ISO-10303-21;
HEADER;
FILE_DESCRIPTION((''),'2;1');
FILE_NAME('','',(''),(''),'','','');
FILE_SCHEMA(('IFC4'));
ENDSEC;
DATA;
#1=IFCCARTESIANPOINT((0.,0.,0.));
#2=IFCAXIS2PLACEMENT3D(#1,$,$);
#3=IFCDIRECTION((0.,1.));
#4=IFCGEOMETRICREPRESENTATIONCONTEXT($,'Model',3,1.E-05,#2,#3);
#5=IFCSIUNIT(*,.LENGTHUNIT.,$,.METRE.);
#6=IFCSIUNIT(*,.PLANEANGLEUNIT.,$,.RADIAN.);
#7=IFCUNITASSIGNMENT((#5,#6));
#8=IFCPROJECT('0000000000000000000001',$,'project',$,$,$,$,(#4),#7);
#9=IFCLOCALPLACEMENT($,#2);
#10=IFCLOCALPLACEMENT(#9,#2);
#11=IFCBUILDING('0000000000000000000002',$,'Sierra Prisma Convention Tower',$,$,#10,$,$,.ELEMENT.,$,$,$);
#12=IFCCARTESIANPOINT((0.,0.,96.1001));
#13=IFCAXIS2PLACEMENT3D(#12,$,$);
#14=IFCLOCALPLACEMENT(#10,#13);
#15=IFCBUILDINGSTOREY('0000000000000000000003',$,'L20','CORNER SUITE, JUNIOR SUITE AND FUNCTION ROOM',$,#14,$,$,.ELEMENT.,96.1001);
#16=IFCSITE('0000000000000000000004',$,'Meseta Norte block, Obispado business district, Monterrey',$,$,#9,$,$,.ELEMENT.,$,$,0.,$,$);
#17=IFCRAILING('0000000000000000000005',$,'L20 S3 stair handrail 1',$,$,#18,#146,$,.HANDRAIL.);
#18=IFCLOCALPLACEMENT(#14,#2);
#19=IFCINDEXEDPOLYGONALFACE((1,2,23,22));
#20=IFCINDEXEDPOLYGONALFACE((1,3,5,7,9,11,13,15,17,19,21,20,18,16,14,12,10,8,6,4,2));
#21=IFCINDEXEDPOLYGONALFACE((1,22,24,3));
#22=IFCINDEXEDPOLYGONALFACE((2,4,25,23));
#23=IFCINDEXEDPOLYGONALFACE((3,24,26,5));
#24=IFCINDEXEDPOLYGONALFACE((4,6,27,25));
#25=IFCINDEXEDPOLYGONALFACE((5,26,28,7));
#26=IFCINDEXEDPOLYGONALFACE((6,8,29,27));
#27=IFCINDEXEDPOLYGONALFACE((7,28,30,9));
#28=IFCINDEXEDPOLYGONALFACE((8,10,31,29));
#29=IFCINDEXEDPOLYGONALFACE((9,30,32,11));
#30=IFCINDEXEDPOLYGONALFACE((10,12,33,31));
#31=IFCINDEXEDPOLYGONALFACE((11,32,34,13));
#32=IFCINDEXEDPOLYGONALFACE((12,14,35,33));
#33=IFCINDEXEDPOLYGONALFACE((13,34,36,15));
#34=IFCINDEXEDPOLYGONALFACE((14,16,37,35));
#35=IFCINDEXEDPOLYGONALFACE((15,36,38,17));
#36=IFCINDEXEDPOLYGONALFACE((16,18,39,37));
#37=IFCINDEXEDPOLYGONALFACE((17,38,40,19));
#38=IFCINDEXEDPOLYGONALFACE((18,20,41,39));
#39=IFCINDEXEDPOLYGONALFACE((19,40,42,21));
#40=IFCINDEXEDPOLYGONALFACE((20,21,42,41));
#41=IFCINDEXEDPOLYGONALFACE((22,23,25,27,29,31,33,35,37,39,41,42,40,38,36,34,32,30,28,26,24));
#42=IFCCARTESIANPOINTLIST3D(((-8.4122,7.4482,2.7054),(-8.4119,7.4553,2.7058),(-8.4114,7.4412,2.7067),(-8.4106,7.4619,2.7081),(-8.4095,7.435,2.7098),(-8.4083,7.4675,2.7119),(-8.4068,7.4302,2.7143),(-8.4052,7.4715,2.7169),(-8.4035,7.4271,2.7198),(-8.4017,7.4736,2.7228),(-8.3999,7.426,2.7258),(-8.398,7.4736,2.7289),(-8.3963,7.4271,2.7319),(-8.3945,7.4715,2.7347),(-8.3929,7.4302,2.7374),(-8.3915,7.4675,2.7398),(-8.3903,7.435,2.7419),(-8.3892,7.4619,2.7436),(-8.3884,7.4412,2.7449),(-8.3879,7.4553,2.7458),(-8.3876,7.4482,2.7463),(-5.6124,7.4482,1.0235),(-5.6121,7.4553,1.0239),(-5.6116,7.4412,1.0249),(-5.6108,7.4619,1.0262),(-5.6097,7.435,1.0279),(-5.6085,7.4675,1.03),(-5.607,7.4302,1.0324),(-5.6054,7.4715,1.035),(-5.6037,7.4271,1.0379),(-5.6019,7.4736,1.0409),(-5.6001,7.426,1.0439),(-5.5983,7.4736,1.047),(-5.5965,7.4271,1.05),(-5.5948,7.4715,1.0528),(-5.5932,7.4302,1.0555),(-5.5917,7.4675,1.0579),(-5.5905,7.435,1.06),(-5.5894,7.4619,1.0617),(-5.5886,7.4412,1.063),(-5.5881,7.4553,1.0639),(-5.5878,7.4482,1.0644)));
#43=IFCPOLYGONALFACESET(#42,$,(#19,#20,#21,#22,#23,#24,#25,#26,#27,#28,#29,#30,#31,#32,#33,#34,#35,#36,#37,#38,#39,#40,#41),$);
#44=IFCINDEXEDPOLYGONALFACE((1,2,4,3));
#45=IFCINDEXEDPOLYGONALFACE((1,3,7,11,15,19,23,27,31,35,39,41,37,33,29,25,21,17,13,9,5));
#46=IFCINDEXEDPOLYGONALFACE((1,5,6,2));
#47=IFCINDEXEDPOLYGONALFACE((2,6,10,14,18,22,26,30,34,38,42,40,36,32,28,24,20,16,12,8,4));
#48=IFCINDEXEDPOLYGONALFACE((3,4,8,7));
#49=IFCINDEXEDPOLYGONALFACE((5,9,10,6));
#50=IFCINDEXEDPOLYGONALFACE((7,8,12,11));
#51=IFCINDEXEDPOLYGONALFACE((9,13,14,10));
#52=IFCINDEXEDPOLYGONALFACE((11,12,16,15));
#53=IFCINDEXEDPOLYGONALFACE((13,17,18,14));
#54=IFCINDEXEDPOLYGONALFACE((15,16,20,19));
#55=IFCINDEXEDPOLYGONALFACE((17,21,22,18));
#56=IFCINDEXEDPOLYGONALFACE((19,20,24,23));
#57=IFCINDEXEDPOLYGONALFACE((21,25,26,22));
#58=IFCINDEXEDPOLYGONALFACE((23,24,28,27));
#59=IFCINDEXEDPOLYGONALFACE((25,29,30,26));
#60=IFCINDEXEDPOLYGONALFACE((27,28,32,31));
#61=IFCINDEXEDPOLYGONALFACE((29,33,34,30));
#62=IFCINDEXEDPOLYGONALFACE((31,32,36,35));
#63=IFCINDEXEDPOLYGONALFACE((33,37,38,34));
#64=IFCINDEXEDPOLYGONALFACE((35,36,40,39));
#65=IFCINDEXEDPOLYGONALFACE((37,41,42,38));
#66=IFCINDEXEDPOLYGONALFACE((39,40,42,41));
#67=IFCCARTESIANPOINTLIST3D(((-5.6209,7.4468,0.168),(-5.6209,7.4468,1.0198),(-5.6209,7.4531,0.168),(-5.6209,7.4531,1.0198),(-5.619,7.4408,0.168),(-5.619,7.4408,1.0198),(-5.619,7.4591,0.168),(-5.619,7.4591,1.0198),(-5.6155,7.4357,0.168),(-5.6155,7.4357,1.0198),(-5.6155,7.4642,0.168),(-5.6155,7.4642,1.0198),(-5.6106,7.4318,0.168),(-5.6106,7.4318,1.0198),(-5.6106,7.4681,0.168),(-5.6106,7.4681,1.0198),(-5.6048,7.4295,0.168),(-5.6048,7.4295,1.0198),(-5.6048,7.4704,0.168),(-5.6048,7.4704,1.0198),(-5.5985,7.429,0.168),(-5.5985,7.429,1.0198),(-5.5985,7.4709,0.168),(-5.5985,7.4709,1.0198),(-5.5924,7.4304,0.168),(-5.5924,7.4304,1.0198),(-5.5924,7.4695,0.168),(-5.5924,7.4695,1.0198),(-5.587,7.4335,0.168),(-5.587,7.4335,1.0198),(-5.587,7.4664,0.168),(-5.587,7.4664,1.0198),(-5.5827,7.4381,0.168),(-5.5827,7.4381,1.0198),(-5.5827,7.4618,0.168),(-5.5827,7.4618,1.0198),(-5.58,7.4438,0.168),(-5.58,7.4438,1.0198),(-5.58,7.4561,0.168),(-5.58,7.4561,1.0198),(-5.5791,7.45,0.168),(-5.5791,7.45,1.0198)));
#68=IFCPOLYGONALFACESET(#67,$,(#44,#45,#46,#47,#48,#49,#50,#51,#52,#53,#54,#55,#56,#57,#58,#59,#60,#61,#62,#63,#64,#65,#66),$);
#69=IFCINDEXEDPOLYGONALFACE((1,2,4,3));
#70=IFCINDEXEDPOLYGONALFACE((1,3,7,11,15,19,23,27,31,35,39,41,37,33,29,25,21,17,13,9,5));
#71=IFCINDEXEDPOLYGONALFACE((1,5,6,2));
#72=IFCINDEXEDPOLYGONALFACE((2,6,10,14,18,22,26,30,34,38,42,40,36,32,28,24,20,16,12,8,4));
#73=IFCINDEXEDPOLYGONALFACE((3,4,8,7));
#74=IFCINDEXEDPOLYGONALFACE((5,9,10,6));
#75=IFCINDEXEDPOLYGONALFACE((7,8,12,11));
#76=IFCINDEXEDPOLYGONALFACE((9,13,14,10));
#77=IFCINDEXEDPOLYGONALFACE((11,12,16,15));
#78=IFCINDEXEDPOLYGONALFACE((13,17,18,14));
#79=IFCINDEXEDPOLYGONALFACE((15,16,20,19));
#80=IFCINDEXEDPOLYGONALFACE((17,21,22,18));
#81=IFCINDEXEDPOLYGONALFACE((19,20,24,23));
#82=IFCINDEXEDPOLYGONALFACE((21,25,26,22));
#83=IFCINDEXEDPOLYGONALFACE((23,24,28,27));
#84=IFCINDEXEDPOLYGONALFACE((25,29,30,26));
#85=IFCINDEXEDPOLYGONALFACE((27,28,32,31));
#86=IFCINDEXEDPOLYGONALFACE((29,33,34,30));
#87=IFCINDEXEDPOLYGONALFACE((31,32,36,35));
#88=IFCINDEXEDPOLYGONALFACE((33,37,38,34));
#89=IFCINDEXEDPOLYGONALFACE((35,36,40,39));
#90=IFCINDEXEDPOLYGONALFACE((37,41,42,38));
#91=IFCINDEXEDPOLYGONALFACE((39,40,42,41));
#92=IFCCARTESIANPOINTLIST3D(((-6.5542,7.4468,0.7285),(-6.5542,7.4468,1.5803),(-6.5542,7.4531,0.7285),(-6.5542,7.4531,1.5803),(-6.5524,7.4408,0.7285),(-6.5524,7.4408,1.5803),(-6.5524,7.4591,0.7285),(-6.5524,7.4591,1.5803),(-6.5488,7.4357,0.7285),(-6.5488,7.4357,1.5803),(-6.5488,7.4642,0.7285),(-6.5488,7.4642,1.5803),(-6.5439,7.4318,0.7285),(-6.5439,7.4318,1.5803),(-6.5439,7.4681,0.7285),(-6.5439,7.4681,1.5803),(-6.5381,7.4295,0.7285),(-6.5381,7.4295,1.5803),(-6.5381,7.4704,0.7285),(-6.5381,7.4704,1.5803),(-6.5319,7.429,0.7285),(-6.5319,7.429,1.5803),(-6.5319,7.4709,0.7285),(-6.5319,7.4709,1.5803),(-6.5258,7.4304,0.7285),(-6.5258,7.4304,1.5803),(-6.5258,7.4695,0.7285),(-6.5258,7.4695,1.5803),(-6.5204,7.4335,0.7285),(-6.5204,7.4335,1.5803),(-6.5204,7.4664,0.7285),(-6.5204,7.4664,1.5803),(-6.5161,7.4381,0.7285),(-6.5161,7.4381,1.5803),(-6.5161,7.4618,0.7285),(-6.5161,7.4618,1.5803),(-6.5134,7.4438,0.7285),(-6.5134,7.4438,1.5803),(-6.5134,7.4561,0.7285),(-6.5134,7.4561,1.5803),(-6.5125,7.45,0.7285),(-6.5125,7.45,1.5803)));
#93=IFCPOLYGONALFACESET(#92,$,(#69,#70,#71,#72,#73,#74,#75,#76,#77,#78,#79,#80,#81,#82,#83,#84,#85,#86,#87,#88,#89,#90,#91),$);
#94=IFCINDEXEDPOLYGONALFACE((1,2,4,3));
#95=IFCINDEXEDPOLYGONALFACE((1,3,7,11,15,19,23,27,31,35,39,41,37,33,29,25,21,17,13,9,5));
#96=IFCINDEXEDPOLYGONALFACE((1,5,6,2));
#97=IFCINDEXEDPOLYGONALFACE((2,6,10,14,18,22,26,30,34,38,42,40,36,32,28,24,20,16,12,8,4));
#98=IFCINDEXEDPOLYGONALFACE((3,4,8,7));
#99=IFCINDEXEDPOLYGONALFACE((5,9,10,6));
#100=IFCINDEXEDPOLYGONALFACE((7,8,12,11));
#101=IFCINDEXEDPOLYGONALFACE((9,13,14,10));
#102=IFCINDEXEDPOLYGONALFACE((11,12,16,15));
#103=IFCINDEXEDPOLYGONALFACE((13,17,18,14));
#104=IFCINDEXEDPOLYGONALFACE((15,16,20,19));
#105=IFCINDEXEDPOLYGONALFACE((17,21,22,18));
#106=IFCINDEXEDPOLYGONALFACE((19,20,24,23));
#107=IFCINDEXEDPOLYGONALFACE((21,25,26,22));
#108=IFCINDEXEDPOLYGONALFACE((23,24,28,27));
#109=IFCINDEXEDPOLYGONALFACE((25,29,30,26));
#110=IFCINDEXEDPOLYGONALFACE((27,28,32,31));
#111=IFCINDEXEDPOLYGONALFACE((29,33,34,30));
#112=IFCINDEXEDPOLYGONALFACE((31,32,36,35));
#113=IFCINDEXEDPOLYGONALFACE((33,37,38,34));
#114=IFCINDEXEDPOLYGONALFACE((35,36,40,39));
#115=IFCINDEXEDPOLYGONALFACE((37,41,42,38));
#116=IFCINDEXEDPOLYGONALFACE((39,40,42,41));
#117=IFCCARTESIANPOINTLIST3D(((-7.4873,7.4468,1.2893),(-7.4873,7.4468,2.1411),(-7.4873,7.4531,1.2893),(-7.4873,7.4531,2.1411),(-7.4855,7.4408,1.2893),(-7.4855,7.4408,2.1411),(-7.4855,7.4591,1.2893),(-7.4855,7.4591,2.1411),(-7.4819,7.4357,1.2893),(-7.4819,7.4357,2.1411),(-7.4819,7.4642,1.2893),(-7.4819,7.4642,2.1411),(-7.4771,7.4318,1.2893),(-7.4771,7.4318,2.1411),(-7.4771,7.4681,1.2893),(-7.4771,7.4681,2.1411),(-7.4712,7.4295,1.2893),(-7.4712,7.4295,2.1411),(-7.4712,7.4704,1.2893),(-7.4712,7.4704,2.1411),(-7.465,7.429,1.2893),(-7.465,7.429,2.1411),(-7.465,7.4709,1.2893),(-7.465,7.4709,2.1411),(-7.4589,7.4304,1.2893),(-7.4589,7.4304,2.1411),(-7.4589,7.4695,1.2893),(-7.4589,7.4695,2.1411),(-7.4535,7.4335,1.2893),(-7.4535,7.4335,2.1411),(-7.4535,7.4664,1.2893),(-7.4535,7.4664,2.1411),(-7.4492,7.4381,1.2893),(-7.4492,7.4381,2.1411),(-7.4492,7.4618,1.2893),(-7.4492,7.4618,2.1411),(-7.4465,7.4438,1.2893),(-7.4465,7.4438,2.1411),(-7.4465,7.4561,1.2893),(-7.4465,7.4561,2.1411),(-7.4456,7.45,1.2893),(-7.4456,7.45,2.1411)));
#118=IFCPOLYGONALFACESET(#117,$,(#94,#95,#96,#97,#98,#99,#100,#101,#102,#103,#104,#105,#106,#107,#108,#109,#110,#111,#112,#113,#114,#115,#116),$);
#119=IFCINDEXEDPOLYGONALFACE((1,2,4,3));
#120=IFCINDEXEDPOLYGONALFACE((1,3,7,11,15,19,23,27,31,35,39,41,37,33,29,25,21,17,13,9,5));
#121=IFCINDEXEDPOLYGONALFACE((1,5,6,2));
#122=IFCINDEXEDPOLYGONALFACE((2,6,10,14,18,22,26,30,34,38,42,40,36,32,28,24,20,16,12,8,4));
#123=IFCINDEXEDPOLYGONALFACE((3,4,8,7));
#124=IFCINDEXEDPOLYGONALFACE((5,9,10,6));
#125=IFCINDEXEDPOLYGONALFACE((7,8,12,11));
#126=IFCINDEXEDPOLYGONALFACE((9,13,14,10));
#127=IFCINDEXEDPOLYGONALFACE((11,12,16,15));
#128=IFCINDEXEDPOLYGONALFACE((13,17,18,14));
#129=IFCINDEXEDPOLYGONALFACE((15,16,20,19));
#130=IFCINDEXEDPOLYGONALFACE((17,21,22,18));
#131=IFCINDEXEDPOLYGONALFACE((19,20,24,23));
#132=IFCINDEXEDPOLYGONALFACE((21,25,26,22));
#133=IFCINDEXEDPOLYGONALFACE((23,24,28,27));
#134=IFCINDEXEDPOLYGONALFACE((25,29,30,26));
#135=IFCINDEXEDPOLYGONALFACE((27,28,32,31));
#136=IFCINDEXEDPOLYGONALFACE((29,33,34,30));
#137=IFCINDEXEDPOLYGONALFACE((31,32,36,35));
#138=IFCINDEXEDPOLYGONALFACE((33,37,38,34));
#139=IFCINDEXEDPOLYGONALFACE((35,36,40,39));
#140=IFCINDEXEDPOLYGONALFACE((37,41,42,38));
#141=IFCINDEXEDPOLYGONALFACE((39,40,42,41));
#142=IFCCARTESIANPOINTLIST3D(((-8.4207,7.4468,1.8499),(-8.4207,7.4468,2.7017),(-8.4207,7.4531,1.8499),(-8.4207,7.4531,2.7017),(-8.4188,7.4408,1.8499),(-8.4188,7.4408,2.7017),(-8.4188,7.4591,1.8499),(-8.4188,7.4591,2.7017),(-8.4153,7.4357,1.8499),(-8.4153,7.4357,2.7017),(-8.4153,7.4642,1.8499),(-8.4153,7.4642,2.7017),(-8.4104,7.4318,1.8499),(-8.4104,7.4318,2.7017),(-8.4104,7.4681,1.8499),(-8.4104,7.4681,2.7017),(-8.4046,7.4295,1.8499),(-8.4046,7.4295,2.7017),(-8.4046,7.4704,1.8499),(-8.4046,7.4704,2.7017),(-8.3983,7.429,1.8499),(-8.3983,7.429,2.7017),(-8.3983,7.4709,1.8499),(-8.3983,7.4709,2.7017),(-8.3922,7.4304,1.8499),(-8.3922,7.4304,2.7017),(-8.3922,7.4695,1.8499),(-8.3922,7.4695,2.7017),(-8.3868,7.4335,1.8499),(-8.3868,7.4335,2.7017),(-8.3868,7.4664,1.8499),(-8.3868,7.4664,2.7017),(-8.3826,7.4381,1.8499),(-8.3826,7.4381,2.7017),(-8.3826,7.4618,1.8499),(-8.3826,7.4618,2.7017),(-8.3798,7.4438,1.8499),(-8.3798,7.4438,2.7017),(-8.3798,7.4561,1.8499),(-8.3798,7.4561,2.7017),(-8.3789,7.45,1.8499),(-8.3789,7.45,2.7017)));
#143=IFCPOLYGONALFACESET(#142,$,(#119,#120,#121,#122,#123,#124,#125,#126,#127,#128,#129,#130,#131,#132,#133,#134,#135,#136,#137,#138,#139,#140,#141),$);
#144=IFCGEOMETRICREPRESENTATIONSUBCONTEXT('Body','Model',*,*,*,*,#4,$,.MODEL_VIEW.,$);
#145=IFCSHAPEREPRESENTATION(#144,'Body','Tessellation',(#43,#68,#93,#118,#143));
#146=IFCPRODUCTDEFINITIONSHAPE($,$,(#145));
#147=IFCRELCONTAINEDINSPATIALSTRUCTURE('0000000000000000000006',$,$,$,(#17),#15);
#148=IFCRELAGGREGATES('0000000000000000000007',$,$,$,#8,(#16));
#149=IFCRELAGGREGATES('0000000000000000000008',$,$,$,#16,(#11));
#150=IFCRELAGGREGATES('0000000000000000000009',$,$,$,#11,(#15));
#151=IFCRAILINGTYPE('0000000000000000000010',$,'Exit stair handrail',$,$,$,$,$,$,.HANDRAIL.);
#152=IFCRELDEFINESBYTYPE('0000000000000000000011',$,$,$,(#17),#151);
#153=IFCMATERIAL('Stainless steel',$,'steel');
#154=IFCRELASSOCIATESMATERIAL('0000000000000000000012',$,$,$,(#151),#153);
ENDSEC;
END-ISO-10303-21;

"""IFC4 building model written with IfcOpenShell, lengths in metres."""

from ifc_helpers import new_model, si_unit, direction, frame, origin, origin_2d, place, context, subcontext, project, spatial, circle, extrude, material, type_object, element, save


model = new_model("IFC4")

# Units and contexts
model_context = context("Model", 3, precision=1e-05, world=origin(), true_north=direction((0.0, 1.0)))
body_context = subcontext(model_context, "Body", "Model", "MODEL_VIEW")
ifc_project = project(units=[si_unit("LENGTHUNIT", "METRE"), si_unit("PLANEANGLEUNIT", "RADIAN")], contexts=[model_context])

# Site, building, storey
site_placement = place(None, origin())
site = spatial("IfcSite", under=ifc_project, at=site_placement, Name="Meseta Norte block, Obispado business district, Monterrey", CompositionType="ELEMENT", RefElevation=0.0)
building_placement = place(site_placement, origin())
building = spatial("IfcBuilding", under=site, at=building_placement, Name="Sierra Prisma Convention Tower", CompositionType="ELEMENT")
storey_placement = place(building_placement, frame((0.0, 0.0, 96.1001)))
storey = spatial("IfcBuildingStorey", under=building, at=storey_placement, Name="L20", Description="CORNER SUITE, JUNIOR SUITE AND FUNCTION ROOM", CompositionType="ELEMENT", Elevation=96.1001)

# Railing
ifc_material_1 = material(Name="Stainless steel", Category="steel")
railing_type_1 = type_object("IfcRailingType", Name="Exit stair handrail", PredefinedType="HANDRAIL", material=ifc_material_1)
railing_1_placement = place(storey_placement, frame((-5.6001, 7.45, 0.168)))
element("IfcRailing", 1, at=railing_1_placement, inside=storey, type_object=railing_type_1, Name="L20 S3 stair handrail 1", PredefinedType="HANDRAIL", context=body_context, shape_type="SweptSolid", body=[
    extrude(circle(Radius=0.0239, at=origin_2d()), frame((0.0, 0.0, 0.876), z_axis=(-0.857222, 0.0, 0.514946), x_axis=(0.0, -1.0, 0.0)), (0.0, 0.0, 1.0), 3.2661),
    extrude(circle(Radius=0.021, at=origin_2d()), origin(), (0.0, 0.0, 1.0), 0.8518),
    extrude(circle(Radius=0.021, at=origin_2d()), frame((-0.9333, 0.0, 0.5605)), (0.0, 0.0, 1.0), 0.8518),
    extrude(circle(Radius=0.021, at=origin_2d()), frame((-1.8665, 0.0, 1.1213)), (0.0, 0.0, 1.0), 0.8518),
    extrude(circle(Radius=0.021, at=origin_2d()), frame((-2.7998, 0.0, 1.6819)), (0.0, 0.0, 1.0), 0.8518),
])

save(model, "model.ifc")
